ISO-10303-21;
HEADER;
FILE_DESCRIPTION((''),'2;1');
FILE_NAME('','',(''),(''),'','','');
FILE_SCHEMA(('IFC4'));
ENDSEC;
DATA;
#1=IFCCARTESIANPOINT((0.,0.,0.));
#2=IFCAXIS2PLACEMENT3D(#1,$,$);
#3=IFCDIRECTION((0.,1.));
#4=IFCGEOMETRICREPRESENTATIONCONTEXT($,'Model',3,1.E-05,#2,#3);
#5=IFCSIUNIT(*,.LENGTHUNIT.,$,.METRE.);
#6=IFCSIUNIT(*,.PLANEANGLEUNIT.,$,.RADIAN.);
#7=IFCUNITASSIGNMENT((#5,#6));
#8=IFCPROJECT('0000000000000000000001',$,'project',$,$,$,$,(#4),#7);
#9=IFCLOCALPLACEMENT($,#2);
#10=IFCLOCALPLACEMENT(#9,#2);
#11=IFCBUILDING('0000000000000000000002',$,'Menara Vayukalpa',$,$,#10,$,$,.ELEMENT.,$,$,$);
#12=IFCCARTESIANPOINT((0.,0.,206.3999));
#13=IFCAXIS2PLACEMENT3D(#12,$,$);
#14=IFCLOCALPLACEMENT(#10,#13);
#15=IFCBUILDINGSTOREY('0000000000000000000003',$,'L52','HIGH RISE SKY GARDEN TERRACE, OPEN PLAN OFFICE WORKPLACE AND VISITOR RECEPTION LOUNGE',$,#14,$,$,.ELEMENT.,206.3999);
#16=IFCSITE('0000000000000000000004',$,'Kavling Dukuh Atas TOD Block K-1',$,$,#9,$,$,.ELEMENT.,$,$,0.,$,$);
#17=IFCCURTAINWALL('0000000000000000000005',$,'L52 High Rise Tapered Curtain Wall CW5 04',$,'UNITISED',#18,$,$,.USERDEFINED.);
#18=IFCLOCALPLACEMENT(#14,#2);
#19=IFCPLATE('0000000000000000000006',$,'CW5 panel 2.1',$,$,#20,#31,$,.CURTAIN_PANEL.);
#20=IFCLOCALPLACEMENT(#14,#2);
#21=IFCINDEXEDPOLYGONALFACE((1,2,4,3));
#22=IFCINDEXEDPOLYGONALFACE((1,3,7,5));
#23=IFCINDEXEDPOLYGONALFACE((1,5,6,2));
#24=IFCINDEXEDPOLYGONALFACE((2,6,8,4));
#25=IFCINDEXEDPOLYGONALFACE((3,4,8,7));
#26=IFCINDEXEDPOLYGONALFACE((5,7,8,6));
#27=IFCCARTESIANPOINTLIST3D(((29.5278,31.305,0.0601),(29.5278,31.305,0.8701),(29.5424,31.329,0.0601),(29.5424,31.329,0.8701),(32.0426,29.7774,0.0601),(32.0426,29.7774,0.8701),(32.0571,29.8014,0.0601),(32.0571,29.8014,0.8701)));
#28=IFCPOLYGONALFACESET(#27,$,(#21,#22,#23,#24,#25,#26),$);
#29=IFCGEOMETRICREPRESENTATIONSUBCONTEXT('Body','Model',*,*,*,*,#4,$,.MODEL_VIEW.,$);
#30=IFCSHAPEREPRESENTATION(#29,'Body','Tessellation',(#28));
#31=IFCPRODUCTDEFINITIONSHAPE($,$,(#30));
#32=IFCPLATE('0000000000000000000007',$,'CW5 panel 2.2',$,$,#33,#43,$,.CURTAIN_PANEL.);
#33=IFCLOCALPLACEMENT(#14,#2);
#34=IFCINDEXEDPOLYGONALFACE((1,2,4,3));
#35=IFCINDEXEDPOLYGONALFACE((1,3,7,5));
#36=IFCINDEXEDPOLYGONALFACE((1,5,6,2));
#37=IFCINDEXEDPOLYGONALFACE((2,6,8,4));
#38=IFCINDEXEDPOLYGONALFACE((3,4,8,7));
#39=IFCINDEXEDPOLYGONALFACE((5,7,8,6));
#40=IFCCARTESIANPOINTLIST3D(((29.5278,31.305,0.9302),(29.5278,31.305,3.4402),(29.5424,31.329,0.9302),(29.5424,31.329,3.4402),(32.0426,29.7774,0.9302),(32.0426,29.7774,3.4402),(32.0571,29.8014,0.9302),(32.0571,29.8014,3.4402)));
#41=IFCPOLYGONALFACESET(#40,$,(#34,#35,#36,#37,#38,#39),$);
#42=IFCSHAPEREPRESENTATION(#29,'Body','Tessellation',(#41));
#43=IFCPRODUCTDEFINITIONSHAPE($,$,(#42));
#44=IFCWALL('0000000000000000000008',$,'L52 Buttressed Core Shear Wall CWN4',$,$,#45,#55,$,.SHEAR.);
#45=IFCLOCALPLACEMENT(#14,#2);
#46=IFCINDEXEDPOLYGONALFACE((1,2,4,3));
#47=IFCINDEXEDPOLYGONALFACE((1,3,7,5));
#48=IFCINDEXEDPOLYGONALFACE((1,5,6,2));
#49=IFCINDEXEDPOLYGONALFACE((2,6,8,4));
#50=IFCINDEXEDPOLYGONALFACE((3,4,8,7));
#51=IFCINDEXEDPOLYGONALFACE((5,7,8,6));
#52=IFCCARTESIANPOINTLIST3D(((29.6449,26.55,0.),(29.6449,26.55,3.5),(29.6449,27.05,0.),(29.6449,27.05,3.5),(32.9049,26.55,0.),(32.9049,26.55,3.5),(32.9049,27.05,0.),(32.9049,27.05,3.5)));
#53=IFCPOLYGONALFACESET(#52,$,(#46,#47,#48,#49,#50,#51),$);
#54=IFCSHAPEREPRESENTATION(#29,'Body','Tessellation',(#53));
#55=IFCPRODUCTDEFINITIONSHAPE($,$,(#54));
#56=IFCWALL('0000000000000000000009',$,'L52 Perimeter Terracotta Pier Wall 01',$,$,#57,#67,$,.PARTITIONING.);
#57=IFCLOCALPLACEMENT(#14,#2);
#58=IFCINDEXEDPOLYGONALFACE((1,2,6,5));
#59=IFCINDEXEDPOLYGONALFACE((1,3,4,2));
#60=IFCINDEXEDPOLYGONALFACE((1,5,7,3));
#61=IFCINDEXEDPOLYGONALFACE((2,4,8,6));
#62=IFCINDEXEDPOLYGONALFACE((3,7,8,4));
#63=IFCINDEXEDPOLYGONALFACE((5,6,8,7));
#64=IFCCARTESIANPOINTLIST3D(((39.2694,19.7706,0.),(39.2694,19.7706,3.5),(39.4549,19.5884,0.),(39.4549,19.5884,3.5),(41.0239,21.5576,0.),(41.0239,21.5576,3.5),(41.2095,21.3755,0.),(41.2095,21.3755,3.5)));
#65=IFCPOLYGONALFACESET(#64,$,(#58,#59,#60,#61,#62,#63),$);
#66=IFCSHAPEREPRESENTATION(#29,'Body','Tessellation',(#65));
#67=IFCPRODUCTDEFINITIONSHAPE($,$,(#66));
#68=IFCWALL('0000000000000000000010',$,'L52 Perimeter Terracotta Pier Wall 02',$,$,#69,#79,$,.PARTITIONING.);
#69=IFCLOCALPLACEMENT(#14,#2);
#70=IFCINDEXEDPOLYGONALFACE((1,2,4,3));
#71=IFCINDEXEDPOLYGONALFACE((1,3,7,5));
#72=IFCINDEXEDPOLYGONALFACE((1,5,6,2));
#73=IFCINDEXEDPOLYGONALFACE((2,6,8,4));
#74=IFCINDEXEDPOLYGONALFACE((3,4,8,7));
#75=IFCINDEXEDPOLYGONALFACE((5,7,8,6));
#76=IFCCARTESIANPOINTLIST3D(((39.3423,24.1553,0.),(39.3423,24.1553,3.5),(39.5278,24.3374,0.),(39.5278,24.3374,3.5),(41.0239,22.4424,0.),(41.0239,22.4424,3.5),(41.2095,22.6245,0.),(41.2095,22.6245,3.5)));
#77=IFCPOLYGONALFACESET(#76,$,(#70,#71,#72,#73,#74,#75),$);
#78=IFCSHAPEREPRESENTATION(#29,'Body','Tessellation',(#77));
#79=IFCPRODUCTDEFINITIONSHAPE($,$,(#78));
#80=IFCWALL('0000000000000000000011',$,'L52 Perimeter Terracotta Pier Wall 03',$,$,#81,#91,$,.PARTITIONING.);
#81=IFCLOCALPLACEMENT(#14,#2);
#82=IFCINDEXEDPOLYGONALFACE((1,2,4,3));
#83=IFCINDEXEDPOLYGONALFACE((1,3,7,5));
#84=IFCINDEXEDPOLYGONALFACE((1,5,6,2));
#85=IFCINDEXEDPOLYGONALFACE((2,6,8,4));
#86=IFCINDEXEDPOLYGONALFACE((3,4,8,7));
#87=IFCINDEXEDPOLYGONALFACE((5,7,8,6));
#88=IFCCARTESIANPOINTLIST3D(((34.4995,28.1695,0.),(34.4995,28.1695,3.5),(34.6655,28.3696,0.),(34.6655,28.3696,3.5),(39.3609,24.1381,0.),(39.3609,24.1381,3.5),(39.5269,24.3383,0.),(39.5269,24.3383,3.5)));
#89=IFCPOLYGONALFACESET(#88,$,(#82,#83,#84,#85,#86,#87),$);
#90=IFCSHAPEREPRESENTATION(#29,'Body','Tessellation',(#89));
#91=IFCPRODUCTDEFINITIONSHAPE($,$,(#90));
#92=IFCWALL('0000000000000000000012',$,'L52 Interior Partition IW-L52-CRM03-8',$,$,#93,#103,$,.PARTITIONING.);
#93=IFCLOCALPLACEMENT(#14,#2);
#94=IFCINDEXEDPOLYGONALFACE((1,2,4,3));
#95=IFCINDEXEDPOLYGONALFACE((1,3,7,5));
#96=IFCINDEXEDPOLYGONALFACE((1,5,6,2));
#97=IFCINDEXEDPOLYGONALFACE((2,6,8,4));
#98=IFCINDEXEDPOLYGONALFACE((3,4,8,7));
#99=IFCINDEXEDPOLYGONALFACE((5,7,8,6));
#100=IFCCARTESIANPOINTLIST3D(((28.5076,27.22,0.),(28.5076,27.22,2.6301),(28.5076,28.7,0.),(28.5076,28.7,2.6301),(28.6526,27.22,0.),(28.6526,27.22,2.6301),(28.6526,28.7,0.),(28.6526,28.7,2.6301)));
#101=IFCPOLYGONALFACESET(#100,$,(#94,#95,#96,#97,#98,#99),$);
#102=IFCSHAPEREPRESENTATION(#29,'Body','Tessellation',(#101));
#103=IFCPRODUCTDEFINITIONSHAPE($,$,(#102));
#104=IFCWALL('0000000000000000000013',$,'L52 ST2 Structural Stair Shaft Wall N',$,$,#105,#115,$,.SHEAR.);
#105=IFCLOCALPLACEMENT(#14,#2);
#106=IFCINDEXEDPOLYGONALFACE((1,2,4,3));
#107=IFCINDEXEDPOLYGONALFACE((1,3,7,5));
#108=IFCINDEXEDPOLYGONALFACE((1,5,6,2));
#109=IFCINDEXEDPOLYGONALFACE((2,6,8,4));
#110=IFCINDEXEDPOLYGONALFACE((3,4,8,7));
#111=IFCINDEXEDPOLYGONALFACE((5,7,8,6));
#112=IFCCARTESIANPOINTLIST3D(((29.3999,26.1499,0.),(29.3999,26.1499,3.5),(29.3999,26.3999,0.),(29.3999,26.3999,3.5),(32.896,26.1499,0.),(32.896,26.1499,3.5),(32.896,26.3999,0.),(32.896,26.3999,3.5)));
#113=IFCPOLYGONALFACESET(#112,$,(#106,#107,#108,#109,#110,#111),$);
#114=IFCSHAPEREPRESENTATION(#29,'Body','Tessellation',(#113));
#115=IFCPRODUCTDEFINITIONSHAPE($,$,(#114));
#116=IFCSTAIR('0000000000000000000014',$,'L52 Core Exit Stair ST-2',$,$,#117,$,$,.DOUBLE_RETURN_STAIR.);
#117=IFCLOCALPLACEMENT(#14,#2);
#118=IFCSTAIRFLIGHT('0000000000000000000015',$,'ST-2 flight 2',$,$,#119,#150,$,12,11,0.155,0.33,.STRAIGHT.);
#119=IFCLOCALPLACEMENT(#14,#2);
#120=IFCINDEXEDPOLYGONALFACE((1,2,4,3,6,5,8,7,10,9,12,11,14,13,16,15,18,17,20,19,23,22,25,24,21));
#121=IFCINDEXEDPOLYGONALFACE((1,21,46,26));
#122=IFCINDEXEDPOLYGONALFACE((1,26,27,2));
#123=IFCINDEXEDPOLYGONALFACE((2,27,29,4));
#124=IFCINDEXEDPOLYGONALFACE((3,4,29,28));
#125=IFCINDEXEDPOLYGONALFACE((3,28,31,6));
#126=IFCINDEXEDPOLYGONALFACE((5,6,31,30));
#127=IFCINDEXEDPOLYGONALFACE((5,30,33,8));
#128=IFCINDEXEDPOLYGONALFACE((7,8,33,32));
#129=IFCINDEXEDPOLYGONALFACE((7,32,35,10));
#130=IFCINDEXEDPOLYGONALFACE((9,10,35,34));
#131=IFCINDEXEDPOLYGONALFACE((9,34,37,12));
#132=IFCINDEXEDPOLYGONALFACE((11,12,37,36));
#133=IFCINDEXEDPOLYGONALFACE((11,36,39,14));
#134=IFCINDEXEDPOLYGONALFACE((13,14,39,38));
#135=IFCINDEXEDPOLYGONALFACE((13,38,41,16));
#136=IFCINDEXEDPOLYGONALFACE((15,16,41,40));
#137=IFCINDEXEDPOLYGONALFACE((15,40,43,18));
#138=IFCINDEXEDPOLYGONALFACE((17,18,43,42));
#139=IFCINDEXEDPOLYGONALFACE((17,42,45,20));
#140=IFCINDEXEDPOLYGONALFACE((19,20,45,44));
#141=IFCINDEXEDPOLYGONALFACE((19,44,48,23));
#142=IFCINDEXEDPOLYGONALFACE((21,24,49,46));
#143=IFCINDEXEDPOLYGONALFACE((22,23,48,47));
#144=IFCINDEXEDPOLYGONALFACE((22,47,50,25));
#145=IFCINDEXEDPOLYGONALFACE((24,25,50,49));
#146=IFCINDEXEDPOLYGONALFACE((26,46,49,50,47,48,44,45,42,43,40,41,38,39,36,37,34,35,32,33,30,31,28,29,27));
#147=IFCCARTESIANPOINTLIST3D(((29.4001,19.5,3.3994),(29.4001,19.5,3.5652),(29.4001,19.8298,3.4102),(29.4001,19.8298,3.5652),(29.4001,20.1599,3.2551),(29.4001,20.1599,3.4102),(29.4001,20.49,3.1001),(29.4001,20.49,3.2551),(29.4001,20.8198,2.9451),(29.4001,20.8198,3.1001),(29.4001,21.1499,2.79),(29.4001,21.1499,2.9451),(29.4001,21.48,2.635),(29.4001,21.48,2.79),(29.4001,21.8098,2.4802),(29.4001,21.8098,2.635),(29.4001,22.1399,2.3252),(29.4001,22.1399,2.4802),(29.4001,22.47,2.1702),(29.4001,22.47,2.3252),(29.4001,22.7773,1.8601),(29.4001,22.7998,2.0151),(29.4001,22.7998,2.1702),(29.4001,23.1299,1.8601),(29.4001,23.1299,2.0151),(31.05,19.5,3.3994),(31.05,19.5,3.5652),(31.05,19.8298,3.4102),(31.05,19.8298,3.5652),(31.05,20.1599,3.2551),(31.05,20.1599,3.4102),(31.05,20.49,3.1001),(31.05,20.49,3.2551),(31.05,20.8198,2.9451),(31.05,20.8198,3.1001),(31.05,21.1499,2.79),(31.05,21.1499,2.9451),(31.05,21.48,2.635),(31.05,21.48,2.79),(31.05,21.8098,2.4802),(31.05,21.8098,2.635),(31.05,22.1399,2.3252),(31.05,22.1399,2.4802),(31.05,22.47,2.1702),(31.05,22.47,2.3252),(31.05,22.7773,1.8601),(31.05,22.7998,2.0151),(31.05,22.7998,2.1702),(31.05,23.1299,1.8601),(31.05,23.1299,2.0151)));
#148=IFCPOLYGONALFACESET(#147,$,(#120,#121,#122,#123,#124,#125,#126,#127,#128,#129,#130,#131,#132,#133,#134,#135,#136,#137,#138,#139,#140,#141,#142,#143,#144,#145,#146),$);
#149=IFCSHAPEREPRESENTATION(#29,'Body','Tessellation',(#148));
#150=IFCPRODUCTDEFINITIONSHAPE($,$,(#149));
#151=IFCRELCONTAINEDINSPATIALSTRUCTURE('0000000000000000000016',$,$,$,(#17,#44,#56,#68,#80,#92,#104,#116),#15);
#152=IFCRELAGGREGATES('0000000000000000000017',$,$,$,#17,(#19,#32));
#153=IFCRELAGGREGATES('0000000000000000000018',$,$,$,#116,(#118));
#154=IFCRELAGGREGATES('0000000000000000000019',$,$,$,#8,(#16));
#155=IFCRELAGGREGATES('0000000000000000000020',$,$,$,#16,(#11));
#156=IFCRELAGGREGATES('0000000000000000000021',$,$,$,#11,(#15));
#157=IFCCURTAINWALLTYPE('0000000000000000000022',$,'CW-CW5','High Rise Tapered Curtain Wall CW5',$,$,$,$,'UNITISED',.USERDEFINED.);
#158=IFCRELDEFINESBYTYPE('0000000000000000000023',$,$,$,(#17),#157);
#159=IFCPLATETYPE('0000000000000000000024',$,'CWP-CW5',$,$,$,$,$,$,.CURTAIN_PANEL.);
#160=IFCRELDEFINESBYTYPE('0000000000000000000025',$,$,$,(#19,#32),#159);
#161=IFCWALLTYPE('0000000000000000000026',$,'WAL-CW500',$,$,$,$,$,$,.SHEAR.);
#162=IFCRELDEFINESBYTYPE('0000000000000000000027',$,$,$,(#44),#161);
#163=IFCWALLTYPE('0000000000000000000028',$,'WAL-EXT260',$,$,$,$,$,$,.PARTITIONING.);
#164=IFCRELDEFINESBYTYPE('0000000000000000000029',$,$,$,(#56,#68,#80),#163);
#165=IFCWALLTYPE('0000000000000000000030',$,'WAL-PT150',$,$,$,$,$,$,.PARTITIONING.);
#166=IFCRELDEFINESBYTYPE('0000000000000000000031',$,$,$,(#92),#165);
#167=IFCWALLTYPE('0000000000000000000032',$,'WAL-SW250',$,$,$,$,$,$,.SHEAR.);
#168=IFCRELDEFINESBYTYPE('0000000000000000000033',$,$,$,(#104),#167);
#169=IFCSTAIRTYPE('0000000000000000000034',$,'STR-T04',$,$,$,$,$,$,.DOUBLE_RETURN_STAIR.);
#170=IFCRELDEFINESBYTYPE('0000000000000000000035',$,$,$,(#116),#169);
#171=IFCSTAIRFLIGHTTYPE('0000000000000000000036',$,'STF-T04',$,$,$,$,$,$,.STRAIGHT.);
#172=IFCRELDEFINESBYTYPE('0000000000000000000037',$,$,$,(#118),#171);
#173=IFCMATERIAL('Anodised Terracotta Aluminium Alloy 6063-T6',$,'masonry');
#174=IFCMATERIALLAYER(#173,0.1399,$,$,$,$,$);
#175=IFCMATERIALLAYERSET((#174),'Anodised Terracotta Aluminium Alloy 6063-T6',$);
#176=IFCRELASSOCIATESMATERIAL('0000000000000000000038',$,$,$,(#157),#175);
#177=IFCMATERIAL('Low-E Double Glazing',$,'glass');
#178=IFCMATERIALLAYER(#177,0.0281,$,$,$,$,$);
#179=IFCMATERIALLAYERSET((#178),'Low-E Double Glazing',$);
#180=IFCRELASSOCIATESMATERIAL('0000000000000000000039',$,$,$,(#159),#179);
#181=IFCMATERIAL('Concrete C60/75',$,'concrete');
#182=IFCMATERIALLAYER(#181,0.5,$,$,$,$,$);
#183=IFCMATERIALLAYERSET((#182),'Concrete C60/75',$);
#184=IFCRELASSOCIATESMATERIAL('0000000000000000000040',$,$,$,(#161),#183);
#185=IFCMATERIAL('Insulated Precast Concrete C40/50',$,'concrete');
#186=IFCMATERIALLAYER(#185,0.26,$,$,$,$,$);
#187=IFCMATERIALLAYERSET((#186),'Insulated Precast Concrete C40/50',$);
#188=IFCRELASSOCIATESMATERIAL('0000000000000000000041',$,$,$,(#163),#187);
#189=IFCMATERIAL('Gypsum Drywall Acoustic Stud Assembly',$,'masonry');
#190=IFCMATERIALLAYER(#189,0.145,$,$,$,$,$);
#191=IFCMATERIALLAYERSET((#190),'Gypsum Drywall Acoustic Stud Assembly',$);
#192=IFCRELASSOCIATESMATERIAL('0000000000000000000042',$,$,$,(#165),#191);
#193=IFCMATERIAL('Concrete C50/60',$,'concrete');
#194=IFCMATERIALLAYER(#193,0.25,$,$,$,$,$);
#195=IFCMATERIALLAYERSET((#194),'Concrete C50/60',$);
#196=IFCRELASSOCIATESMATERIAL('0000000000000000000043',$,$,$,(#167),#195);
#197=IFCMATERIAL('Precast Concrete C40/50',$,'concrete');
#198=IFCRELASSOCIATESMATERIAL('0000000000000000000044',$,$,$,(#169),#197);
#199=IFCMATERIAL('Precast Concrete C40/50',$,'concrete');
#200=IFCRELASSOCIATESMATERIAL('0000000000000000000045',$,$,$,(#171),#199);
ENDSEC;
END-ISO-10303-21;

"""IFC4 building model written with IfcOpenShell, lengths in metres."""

from ifc_helpers import new_model, si_unit, direction, frame, frame_2d, origin, origin_2d, place, context, subcontext, project, spatial, polyline, rectangle, outline, extrude, material, layer, layer_set, type_object, element, aggregate, save


model = new_model("IFC4")

# Units and contexts
model_context = context("Model", 3, precision=1e-05, world=origin(), true_north=direction((0.0, 1.0)))
body_context = subcontext(model_context, "Body", "Model", "MODEL_VIEW")
ifc_project = project(units=[si_unit("LENGTHUNIT", "METRE"), si_unit("PLANEANGLEUNIT", "RADIAN")], contexts=[model_context])

# Site, building, storey
site_placement = place(None, origin())
site = spatial("IfcSite", under=ifc_project, at=site_placement, Name="Kavling Dukuh Atas TOD Block K-1", CompositionType="ELEMENT", RefElevation=0.0)
building_placement = place(site_placement, origin())
building = spatial("IfcBuilding", under=site, at=building_placement, Name="Menara Vayukalpa", CompositionType="ELEMENT")
storey_placement = place(building_placement, frame((0.0, 0.0, 206.3999)))
storey = spatial("IfcBuildingStorey", under=building, at=storey_placement, Name="L52", Description="HIGH RISE SKY GARDEN TERRACE, OPEN PLAN OFFICE WORKPLACE AND VISITOR RECEPTION LOUNGE", CompositionType="ELEMENT", Elevation=206.3999)

# Curtain wall
ifc_material_1 = material(Name="Anodised Terracotta Aluminium Alloy 6063-T6", Category="masonry")
ifc_layer_1 = layer(ifc_material_1, 0.1399)
ifc_layer_set_1 = layer_set([ifc_layer_1], Name="Anodised Terracotta Aluminium Alloy 6063-T6")
curtain_wall_type = type_object("IfcCurtainWallType", Name="CW-CW5", Description="High Rise Tapered Curtain Wall CW5", ElementType="UNITISED", PredefinedType="USERDEFINED", material=ifc_layer_set_1)
curtain_wall_1_placement = place(storey_placement, origin())
curtain_wall_1 = element("IfcCurtainWall", 1, at=curtain_wall_1_placement, inside=storey, type_object=curtain_wall_type, Name="L52 High Rise Tapered Curtain Wall CW5 04", ObjectType="UNITISED", PredefinedType="USERDEFINED")

# Plates
ifc_material_2 = material(Name="Low-E Double Glazing", Category="glass")
ifc_layer_2 = layer(ifc_material_2, 0.0281)
ifc_layer_set_2 = layer_set([ifc_layer_2], Name="Low-E Double Glazing")
plate_type = type_object("IfcPlateType", Name="CWP-CW5", PredefinedType="CURTAIN_PANEL", material=ifc_layer_set_2)
plate_1_placement = place(storey_placement, frame((30.7925, 30.5532, 0.0601), z_axis=(0.0, 0.0, 1.0), x_axis=(-0.854665, 0.51918, 0.0)))
plate_1 = element("IfcPlate", 2, at=plate_1_placement, type_object=plate_type, Name="CW5 panel 2.1", PredefinedType="CURTAIN_PANEL", context=body_context, shape_type="SweptSolid", body=[
    extrude(rectangle(XDim=2.9424, YDim=0.0281, at=origin_2d()), origin(), (0.0, 0.0, 1.0), 0.8101),
])
plate_2_placement = place(storey_placement, frame((30.7925, 30.5532, 0.9302), z_axis=(0.0, 0.0, 1.0), x_axis=(-0.854665, 0.51918, 0.0)))
plate_2 = element("IfcPlate", 3, at=plate_2_placement, type_object=plate_type, Name="CW5 panel 2.2", PredefinedType="CURTAIN_PANEL", context=body_context, shape_type="SweptSolid", body=[
    extrude(rectangle(XDim=2.9424, YDim=0.0281, at=origin_2d()), origin(), (0.0, 0.0, 1.0), 2.51),
])
aggregate(curtain_wall_1, [plate_1, plate_2])

# Walls
ifc_material_3 = material(Name="Concrete C60/75", Category="concrete")
ifc_layer_3 = layer(ifc_material_3, 0.5)
ifc_layer_set_3 = layer_set([ifc_layer_3], Name="Concrete C60/75")
wall_type_1 = type_object("IfcWallType", Name="WAL-CW500", PredefinedType="SHEAR", material=ifc_layer_set_3)
wall_1_placement = place(storey_placement, frame((29.645, 26.8, 0.0), z_axis=(0.0, 0.0, 1.0), x_axis=(1.0, 0.0, 0.0)))
element("IfcWall", 4, at=wall_1_placement, inside=storey, type_object=wall_type_1, Name="L52 Buttressed Core Shear Wall CWN4", PredefinedType="SHEAR", context=body_context, shape_type="SweptSolid", body=[
    extrude(rectangle(XDim=3.26, YDim=0.5, at=frame_2d((1.6299, 0.0))), origin(), (0.0, 0.0, 1.0), 3.5),
])
ifc_material_4 = material(Name="Insulated Precast Concrete C40/50", Category="concrete")
ifc_layer_4 = layer(ifc_material_4, 0.26)
ifc_layer_set_4 = layer_set([ifc_layer_4], Name="Insulated Precast Concrete C40/50")
wall_type_2 = type_object("IfcWallType", Name="WAL-EXT260", PredefinedType="PARTITIONING", material=ifc_layer_set_4)
wall_2_placement = place(storey_placement, frame((41.1167, 21.4666, 0.0), z_axis=(0.0, 0.0, 1.0), x_axis=(-0.700595, -0.71356, 0.0)))
element("IfcWall", 5, at=wall_2_placement, inside=storey, type_object=wall_type_2, Name="L52 Perimeter Terracotta Pier Wall 01", PredefinedType="PARTITIONING", context=body_context, shape_type="SweptSolid", body=[
    extrude(rectangle(XDim=2.5044, YDim=0.26, at=frame_2d((1.2522, 0.0))), origin(), (0.0, 0.0, 1.0), 3.5),
])
wall_3_placement = place(storey_placement, frame((39.4351, 24.2463, 0.0), z_axis=(0.0, 0.0, 1.0), x_axis=(0.700567, -0.713586, 0.0)))
element("IfcWall", 6, at=wall_3_placement, inside=storey, type_object=wall_type_2, Name="L52 Perimeter Terracotta Pier Wall 02", PredefinedType="PARTITIONING", context=body_context, shape_type="SweptSolid", body=[
    extrude(rectangle(XDim=2.4004, YDim=0.26, at=frame_2d((1.2002, 0.0))), origin(), (0.0, 0.0, 1.0), 3.5),
])
wall_4_placement = place(storey_placement, frame((34.5825, 28.2695, 0.0), z_axis=(0.0, 0.0, 1.0), x_axis=(0.769765, -0.638327, 0.0)))
element("IfcWall", 7, at=wall_4_placement, inside=storey, type_object=wall_type_2, Name="L52 Perimeter Terracotta Pier Wall 03", PredefinedType="PARTITIONING", context=body_context, shape_type="SweptSolid", body=[
    extrude(rectangle(XDim=6.3154, YDim=0.26, at=frame_2d((3.1577, 0.0))), origin(), (0.0, 0.0, 1.0), 3.5),
])
ifc_material_5 = material(Name="Gypsum Drywall Acoustic Stud Assembly", Category="masonry")
ifc_layer_5 = layer(ifc_material_5, 0.145)
ifc_layer_set_5 = layer_set([ifc_layer_5], Name="Gypsum Drywall Acoustic Stud Assembly")
wall_type_3 = type_object("IfcWallType", Name="WAL-PT150", PredefinedType="PARTITIONING", material=ifc_layer_set_5)
wall_5_placement = place(storey_placement, frame((28.5801, 27.22, 0.0), z_axis=(0.0, 0.0, 1.0), x_axis=(0.0, 1.0, 0.0)))
element("IfcWall", 8, at=wall_5_placement, inside=storey, type_object=wall_type_3, Name="L52 Interior Partition IW-L52-CRM03-8", PredefinedType="PARTITIONING", context=body_context, shape_type="SweptSolid", body=[
    extrude(rectangle(XDim=1.48, YDim=0.145, at=frame_2d((0.74, 0.0))), origin(), (0.0, 0.0, 1.0), 2.6301),
])
ifc_material_6 = material(Name="Concrete C50/60", Category="concrete")
ifc_layer_6 = layer(ifc_material_6, 0.25)
ifc_layer_set_6 = layer_set([ifc_layer_6], Name="Concrete C50/60")
wall_type_4 = type_object("IfcWallType", Name="WAL-SW250", PredefinedType="SHEAR", material=ifc_layer_set_6)
wall_6_placement = place(storey_placement, frame((29.3999, 26.2749, 0.0), z_axis=(0.0, 0.0, 1.0), x_axis=(1.0, 0.0, 0.0)))
element("IfcWall", 9, at=wall_6_placement, inside=storey, type_object=wall_type_4, Name="L52 ST2 Structural Stair Shaft Wall N", PredefinedType="SHEAR", context=body_context, shape_type="SweptSolid", body=[
    extrude(rectangle(XDim=3.4961, YDim=0.25, at=frame_2d((1.748, 0.0))), origin(), (0.0, 0.0, 1.0), 3.5),
])

# Stair, stair flight
ifc_material_7 = material(Name="Precast Concrete C40/50", Category="concrete")
stair_type = type_object("IfcStairType", Name="STR-T04", PredefinedType="DOUBLE_RETURN_STAIR", material=ifc_material_7)
stair_placement = place(storey_placement, origin())
stair = element("IfcStair", 10, at=stair_placement, inside=storey, type_object=stair_type, Name="L52 Core Exit Stair ST-2", PredefinedType="DOUBLE_RETURN_STAIR")
ifc_material_8 = material(Name="Precast Concrete C40/50", Category="concrete")
stair_flight_type = type_object("IfcStairFlightType", Name="STF-T04", PredefinedType="STRAIGHT", material=ifc_material_8)
stair_flight_placement = place(storey_placement, frame((30.2251, 23.1299, 1.8601), z_axis=(0.0, 0.0, 1.0), x_axis=(0.0, -1.0, 0.0)))
stair_flight = element("IfcStairFlight", 11, at=stair_flight_placement, type_object=stair_flight_type, Name="ST-2 flight 2", NumberOfRisers=12, NumberOfTreads=11, PredefinedType="STRAIGHT", RiserHeight=0.155, TreadLength=0.33, context=body_context, shape_type="SweptSolid", body=[
    extrude(outline(polyline([(0.0, 0.0), (0.0, 0.155), (0.3301, 0.155), (0.3301, 0.3101), (0.6599, 0.3101), (0.6599, 0.4651), (0.99, 0.4651), (0.99, 0.6201), (1.3201, 0.6201), (1.3201, 0.7749), (1.6499, 0.7749), (1.6499, 0.9299), (1.98, 0.9299), (1.98, 1.085), (2.3101, 1.085), (2.3101, 1.24), (2.6399, 1.24), (2.6399, 1.395), (2.97, 1.395), (2.97, 1.55), (3.3, 1.55), (3.3, 1.7051), (3.6299, 1.7051), (3.6299, 1.8601), (3.6299, 1.5393), (0.3525, 0.0), (0.0, 0.0)])), frame((0.0, 0.825, 0.0), z_axis=(0.0, -1.0, 0.0), x_axis=(1.0, 0.0, 0.0)), (0.0, 0.0, 1.0), 1.6499),
])
aggregate(stair, [stair_flight])

save(model, "model.ifc")
